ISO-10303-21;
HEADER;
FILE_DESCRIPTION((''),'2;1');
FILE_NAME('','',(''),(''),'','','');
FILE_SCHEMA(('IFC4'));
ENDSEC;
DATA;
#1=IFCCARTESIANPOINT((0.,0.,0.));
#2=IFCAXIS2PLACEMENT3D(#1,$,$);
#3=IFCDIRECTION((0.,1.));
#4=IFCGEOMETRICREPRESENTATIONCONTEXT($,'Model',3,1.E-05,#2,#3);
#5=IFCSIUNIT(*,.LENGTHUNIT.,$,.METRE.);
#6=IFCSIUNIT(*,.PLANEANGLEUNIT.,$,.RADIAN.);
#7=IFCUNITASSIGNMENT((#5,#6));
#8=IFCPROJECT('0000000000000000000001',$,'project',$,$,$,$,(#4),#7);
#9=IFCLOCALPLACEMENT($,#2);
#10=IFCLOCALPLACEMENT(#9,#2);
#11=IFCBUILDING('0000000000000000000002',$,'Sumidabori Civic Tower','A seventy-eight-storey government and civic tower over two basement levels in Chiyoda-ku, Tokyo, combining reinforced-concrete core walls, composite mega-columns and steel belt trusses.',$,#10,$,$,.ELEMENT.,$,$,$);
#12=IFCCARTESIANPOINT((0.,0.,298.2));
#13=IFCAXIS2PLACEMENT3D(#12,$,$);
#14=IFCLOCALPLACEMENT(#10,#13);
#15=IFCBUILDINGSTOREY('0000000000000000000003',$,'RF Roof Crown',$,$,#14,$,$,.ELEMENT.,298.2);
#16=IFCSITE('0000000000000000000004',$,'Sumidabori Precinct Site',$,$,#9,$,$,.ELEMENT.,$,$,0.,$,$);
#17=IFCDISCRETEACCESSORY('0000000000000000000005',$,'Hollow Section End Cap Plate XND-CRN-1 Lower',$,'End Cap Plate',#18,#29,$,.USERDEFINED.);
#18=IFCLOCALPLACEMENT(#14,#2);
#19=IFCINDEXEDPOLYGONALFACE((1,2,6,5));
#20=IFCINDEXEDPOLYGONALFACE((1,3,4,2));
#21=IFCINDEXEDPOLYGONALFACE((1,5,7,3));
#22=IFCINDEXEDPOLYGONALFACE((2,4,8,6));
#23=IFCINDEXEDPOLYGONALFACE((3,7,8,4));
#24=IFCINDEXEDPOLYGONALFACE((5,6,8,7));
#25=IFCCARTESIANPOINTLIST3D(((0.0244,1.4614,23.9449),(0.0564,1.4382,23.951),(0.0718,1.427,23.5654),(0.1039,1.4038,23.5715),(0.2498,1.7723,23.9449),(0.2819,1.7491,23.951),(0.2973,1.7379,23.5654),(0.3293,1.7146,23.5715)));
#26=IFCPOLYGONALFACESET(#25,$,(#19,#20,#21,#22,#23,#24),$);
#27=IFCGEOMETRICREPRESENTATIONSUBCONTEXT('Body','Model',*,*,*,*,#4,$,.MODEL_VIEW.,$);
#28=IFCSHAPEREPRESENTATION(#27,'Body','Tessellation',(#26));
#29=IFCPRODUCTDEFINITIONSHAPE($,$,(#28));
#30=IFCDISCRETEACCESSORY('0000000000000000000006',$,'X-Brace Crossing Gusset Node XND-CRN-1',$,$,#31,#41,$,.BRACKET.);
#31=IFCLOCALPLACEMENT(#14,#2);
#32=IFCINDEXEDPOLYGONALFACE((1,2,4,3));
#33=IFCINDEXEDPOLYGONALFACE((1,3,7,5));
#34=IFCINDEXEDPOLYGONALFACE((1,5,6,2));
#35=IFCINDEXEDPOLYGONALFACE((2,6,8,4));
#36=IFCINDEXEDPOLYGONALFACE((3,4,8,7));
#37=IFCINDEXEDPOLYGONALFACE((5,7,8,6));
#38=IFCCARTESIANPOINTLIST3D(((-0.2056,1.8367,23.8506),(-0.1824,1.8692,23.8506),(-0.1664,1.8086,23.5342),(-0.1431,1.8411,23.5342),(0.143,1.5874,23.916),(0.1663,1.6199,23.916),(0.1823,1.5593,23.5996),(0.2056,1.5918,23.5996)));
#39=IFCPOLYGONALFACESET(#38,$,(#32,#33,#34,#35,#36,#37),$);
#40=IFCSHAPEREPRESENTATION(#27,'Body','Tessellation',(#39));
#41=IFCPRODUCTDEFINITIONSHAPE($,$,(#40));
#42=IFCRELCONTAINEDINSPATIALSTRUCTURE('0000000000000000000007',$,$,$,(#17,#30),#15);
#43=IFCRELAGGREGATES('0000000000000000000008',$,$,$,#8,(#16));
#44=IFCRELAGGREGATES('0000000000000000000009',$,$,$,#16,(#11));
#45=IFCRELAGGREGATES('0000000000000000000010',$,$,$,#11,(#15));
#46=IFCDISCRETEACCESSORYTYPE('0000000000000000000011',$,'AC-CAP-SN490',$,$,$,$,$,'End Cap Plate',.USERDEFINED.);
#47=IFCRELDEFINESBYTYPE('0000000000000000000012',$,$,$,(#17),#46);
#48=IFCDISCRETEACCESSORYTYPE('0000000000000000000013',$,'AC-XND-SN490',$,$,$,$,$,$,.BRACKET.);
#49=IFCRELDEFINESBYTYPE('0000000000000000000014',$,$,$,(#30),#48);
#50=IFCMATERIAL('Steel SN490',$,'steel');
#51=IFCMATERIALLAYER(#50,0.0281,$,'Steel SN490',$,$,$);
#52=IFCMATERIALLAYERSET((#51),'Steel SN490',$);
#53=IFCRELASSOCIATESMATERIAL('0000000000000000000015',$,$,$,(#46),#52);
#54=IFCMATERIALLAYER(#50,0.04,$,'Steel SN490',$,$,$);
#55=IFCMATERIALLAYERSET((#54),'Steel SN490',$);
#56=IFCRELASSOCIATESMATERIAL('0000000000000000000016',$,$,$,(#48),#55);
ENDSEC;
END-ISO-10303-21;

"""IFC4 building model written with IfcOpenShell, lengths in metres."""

from ifc_helpers import new_model, si_unit, direction, frame, origin, origin_2d, place, context, subcontext, project, spatial, rectangle, extrude, source, transform, mapped, material, layer, layer_set, type_object, element, save


model = new_model("IFC4")

# Units and contexts
model_context = context("Model", 3, precision=1e-05, world=origin(), true_north=direction((0.0, 1.0)))
body_context = subcontext(model_context, "Body", "Model", "MODEL_VIEW")
ifc_project = project(units=[si_unit("LENGTHUNIT", "METRE"), si_unit("PLANEANGLEUNIT", "RADIAN")], contexts=[model_context])

# Site, building, storey
site_placement = place(None, origin())
site = spatial("IfcSite", under=ifc_project, at=site_placement, Name="Sumidabori Precinct Site", CompositionType="ELEMENT", RefElevation=0.0)
building_placement = place(site_placement, origin())
building = spatial("IfcBuilding", under=site, at=building_placement, Name="Sumidabori Civic Tower", Description="A seventy-eight-storey government and civic tower over two basement levels in Chiyoda-ku, Tokyo, combining reinforced-concrete core walls, composite mega-columns and steel belt trusses.", CompositionType="ELEMENT")
storey_placement = place(building_placement, frame((0.0, 0.0, 298.2)))
storey = spatial("IfcBuildingStorey", under=building, at=storey_placement, Name="RF Roof Crown", CompositionType="ELEMENT", Elevation=298.2)

# Shared definitions
ifc_material_1 = material(Name="Steel SN490", Category="steel")

# Discrete accessories
ifc_layer_1 = layer(ifc_material_1, 0.0281, Name="Steel SN490")
ifc_layer_set_1 = layer_set([ifc_layer_1], Name="Steel SN490")
discrete_accessory_type_1 = type_object("IfcDiscreteAccessoryType", Name="AC-CAP-SN490", ElementType="End Cap Plate", PredefinedType="USERDEFINED", material=ifc_layer_set_1)
shared_shape_1 = source(origin(), body_context, "Body", "SweptSolid", [
    extrude(rectangle(XDim=0.384, YDim=0.384, at=origin_2d()), origin(), (0.0, 0.0, 1.0), 0.04),
])
discrete_accessory_1_placement = place(storey_placement, frame((0.1929, 1.5764, 23.7612), z_axis=(-0.800046, 0.580186, -0.15268), x_axis=(-0.587069, -0.809537, 0.0)))
element("IfcDiscreteAccessory", 1, at=discrete_accessory_1_placement, inside=storey, type_object=discrete_accessory_type_1, Name="Hollow Section End Cap Plate XND-CRN-1 Lower", ObjectType="End Cap Plate", PredefinedType="USERDEFINED", context=body_context, shape_type="MappedRepresentation", body=[
    mapped(shared_shape_1, transform((0.0, 0.0, 0.0), x_axis=(1.0, 0.0, 0.0), y_axis=(0.0, 1.0, 0.0), z_axis=(0.0, 0.0, 1.0), scale=1.0)),
])
ifc_layer_2 = layer(ifc_material_1, 0.04, Name="Steel SN490")
ifc_layer_set_2 = layer_set([ifc_layer_2], Name="Steel SN490")
discrete_accessory_type_2 = type_object("IfcDiscreteAccessoryType", Name="AC-XND-SN490", PredefinedType="BRACKET", material=ifc_layer_set_2)
shared_shape_2 = source(origin(), body_context, "Body", "SweptSolid", [
    extrude(rectangle(XDim=0.04, YDim=0.3201, at=origin_2d()), origin(), (0.0, 0.0, 1.0), 0.4336),
])
discrete_accessory_2_placement = place(storey_placement, frame((0.1743, 1.5896, 23.7578), z_axis=(-0.804147, 0.574954, -0.150918), x_axis=(-0.581615, -0.813464, 0.0)))
element("IfcDiscreteAccessory", 2, at=discrete_accessory_2_placement, inside=storey, type_object=discrete_accessory_type_2, Name="X-Brace Crossing Gusset Node XND-CRN-1", PredefinedType="BRACKET", context=body_context, shape_type="MappedRepresentation", body=[
    mapped(shared_shape_2, transform((0.0, 0.0, 0.0), x_axis=(1.0, 0.0, 0.0), y_axis=(0.0, 1.0, 0.0), z_axis=(0.0, 0.0, 1.0), scale=1.0)),
])

save(model, "model.ifc")
